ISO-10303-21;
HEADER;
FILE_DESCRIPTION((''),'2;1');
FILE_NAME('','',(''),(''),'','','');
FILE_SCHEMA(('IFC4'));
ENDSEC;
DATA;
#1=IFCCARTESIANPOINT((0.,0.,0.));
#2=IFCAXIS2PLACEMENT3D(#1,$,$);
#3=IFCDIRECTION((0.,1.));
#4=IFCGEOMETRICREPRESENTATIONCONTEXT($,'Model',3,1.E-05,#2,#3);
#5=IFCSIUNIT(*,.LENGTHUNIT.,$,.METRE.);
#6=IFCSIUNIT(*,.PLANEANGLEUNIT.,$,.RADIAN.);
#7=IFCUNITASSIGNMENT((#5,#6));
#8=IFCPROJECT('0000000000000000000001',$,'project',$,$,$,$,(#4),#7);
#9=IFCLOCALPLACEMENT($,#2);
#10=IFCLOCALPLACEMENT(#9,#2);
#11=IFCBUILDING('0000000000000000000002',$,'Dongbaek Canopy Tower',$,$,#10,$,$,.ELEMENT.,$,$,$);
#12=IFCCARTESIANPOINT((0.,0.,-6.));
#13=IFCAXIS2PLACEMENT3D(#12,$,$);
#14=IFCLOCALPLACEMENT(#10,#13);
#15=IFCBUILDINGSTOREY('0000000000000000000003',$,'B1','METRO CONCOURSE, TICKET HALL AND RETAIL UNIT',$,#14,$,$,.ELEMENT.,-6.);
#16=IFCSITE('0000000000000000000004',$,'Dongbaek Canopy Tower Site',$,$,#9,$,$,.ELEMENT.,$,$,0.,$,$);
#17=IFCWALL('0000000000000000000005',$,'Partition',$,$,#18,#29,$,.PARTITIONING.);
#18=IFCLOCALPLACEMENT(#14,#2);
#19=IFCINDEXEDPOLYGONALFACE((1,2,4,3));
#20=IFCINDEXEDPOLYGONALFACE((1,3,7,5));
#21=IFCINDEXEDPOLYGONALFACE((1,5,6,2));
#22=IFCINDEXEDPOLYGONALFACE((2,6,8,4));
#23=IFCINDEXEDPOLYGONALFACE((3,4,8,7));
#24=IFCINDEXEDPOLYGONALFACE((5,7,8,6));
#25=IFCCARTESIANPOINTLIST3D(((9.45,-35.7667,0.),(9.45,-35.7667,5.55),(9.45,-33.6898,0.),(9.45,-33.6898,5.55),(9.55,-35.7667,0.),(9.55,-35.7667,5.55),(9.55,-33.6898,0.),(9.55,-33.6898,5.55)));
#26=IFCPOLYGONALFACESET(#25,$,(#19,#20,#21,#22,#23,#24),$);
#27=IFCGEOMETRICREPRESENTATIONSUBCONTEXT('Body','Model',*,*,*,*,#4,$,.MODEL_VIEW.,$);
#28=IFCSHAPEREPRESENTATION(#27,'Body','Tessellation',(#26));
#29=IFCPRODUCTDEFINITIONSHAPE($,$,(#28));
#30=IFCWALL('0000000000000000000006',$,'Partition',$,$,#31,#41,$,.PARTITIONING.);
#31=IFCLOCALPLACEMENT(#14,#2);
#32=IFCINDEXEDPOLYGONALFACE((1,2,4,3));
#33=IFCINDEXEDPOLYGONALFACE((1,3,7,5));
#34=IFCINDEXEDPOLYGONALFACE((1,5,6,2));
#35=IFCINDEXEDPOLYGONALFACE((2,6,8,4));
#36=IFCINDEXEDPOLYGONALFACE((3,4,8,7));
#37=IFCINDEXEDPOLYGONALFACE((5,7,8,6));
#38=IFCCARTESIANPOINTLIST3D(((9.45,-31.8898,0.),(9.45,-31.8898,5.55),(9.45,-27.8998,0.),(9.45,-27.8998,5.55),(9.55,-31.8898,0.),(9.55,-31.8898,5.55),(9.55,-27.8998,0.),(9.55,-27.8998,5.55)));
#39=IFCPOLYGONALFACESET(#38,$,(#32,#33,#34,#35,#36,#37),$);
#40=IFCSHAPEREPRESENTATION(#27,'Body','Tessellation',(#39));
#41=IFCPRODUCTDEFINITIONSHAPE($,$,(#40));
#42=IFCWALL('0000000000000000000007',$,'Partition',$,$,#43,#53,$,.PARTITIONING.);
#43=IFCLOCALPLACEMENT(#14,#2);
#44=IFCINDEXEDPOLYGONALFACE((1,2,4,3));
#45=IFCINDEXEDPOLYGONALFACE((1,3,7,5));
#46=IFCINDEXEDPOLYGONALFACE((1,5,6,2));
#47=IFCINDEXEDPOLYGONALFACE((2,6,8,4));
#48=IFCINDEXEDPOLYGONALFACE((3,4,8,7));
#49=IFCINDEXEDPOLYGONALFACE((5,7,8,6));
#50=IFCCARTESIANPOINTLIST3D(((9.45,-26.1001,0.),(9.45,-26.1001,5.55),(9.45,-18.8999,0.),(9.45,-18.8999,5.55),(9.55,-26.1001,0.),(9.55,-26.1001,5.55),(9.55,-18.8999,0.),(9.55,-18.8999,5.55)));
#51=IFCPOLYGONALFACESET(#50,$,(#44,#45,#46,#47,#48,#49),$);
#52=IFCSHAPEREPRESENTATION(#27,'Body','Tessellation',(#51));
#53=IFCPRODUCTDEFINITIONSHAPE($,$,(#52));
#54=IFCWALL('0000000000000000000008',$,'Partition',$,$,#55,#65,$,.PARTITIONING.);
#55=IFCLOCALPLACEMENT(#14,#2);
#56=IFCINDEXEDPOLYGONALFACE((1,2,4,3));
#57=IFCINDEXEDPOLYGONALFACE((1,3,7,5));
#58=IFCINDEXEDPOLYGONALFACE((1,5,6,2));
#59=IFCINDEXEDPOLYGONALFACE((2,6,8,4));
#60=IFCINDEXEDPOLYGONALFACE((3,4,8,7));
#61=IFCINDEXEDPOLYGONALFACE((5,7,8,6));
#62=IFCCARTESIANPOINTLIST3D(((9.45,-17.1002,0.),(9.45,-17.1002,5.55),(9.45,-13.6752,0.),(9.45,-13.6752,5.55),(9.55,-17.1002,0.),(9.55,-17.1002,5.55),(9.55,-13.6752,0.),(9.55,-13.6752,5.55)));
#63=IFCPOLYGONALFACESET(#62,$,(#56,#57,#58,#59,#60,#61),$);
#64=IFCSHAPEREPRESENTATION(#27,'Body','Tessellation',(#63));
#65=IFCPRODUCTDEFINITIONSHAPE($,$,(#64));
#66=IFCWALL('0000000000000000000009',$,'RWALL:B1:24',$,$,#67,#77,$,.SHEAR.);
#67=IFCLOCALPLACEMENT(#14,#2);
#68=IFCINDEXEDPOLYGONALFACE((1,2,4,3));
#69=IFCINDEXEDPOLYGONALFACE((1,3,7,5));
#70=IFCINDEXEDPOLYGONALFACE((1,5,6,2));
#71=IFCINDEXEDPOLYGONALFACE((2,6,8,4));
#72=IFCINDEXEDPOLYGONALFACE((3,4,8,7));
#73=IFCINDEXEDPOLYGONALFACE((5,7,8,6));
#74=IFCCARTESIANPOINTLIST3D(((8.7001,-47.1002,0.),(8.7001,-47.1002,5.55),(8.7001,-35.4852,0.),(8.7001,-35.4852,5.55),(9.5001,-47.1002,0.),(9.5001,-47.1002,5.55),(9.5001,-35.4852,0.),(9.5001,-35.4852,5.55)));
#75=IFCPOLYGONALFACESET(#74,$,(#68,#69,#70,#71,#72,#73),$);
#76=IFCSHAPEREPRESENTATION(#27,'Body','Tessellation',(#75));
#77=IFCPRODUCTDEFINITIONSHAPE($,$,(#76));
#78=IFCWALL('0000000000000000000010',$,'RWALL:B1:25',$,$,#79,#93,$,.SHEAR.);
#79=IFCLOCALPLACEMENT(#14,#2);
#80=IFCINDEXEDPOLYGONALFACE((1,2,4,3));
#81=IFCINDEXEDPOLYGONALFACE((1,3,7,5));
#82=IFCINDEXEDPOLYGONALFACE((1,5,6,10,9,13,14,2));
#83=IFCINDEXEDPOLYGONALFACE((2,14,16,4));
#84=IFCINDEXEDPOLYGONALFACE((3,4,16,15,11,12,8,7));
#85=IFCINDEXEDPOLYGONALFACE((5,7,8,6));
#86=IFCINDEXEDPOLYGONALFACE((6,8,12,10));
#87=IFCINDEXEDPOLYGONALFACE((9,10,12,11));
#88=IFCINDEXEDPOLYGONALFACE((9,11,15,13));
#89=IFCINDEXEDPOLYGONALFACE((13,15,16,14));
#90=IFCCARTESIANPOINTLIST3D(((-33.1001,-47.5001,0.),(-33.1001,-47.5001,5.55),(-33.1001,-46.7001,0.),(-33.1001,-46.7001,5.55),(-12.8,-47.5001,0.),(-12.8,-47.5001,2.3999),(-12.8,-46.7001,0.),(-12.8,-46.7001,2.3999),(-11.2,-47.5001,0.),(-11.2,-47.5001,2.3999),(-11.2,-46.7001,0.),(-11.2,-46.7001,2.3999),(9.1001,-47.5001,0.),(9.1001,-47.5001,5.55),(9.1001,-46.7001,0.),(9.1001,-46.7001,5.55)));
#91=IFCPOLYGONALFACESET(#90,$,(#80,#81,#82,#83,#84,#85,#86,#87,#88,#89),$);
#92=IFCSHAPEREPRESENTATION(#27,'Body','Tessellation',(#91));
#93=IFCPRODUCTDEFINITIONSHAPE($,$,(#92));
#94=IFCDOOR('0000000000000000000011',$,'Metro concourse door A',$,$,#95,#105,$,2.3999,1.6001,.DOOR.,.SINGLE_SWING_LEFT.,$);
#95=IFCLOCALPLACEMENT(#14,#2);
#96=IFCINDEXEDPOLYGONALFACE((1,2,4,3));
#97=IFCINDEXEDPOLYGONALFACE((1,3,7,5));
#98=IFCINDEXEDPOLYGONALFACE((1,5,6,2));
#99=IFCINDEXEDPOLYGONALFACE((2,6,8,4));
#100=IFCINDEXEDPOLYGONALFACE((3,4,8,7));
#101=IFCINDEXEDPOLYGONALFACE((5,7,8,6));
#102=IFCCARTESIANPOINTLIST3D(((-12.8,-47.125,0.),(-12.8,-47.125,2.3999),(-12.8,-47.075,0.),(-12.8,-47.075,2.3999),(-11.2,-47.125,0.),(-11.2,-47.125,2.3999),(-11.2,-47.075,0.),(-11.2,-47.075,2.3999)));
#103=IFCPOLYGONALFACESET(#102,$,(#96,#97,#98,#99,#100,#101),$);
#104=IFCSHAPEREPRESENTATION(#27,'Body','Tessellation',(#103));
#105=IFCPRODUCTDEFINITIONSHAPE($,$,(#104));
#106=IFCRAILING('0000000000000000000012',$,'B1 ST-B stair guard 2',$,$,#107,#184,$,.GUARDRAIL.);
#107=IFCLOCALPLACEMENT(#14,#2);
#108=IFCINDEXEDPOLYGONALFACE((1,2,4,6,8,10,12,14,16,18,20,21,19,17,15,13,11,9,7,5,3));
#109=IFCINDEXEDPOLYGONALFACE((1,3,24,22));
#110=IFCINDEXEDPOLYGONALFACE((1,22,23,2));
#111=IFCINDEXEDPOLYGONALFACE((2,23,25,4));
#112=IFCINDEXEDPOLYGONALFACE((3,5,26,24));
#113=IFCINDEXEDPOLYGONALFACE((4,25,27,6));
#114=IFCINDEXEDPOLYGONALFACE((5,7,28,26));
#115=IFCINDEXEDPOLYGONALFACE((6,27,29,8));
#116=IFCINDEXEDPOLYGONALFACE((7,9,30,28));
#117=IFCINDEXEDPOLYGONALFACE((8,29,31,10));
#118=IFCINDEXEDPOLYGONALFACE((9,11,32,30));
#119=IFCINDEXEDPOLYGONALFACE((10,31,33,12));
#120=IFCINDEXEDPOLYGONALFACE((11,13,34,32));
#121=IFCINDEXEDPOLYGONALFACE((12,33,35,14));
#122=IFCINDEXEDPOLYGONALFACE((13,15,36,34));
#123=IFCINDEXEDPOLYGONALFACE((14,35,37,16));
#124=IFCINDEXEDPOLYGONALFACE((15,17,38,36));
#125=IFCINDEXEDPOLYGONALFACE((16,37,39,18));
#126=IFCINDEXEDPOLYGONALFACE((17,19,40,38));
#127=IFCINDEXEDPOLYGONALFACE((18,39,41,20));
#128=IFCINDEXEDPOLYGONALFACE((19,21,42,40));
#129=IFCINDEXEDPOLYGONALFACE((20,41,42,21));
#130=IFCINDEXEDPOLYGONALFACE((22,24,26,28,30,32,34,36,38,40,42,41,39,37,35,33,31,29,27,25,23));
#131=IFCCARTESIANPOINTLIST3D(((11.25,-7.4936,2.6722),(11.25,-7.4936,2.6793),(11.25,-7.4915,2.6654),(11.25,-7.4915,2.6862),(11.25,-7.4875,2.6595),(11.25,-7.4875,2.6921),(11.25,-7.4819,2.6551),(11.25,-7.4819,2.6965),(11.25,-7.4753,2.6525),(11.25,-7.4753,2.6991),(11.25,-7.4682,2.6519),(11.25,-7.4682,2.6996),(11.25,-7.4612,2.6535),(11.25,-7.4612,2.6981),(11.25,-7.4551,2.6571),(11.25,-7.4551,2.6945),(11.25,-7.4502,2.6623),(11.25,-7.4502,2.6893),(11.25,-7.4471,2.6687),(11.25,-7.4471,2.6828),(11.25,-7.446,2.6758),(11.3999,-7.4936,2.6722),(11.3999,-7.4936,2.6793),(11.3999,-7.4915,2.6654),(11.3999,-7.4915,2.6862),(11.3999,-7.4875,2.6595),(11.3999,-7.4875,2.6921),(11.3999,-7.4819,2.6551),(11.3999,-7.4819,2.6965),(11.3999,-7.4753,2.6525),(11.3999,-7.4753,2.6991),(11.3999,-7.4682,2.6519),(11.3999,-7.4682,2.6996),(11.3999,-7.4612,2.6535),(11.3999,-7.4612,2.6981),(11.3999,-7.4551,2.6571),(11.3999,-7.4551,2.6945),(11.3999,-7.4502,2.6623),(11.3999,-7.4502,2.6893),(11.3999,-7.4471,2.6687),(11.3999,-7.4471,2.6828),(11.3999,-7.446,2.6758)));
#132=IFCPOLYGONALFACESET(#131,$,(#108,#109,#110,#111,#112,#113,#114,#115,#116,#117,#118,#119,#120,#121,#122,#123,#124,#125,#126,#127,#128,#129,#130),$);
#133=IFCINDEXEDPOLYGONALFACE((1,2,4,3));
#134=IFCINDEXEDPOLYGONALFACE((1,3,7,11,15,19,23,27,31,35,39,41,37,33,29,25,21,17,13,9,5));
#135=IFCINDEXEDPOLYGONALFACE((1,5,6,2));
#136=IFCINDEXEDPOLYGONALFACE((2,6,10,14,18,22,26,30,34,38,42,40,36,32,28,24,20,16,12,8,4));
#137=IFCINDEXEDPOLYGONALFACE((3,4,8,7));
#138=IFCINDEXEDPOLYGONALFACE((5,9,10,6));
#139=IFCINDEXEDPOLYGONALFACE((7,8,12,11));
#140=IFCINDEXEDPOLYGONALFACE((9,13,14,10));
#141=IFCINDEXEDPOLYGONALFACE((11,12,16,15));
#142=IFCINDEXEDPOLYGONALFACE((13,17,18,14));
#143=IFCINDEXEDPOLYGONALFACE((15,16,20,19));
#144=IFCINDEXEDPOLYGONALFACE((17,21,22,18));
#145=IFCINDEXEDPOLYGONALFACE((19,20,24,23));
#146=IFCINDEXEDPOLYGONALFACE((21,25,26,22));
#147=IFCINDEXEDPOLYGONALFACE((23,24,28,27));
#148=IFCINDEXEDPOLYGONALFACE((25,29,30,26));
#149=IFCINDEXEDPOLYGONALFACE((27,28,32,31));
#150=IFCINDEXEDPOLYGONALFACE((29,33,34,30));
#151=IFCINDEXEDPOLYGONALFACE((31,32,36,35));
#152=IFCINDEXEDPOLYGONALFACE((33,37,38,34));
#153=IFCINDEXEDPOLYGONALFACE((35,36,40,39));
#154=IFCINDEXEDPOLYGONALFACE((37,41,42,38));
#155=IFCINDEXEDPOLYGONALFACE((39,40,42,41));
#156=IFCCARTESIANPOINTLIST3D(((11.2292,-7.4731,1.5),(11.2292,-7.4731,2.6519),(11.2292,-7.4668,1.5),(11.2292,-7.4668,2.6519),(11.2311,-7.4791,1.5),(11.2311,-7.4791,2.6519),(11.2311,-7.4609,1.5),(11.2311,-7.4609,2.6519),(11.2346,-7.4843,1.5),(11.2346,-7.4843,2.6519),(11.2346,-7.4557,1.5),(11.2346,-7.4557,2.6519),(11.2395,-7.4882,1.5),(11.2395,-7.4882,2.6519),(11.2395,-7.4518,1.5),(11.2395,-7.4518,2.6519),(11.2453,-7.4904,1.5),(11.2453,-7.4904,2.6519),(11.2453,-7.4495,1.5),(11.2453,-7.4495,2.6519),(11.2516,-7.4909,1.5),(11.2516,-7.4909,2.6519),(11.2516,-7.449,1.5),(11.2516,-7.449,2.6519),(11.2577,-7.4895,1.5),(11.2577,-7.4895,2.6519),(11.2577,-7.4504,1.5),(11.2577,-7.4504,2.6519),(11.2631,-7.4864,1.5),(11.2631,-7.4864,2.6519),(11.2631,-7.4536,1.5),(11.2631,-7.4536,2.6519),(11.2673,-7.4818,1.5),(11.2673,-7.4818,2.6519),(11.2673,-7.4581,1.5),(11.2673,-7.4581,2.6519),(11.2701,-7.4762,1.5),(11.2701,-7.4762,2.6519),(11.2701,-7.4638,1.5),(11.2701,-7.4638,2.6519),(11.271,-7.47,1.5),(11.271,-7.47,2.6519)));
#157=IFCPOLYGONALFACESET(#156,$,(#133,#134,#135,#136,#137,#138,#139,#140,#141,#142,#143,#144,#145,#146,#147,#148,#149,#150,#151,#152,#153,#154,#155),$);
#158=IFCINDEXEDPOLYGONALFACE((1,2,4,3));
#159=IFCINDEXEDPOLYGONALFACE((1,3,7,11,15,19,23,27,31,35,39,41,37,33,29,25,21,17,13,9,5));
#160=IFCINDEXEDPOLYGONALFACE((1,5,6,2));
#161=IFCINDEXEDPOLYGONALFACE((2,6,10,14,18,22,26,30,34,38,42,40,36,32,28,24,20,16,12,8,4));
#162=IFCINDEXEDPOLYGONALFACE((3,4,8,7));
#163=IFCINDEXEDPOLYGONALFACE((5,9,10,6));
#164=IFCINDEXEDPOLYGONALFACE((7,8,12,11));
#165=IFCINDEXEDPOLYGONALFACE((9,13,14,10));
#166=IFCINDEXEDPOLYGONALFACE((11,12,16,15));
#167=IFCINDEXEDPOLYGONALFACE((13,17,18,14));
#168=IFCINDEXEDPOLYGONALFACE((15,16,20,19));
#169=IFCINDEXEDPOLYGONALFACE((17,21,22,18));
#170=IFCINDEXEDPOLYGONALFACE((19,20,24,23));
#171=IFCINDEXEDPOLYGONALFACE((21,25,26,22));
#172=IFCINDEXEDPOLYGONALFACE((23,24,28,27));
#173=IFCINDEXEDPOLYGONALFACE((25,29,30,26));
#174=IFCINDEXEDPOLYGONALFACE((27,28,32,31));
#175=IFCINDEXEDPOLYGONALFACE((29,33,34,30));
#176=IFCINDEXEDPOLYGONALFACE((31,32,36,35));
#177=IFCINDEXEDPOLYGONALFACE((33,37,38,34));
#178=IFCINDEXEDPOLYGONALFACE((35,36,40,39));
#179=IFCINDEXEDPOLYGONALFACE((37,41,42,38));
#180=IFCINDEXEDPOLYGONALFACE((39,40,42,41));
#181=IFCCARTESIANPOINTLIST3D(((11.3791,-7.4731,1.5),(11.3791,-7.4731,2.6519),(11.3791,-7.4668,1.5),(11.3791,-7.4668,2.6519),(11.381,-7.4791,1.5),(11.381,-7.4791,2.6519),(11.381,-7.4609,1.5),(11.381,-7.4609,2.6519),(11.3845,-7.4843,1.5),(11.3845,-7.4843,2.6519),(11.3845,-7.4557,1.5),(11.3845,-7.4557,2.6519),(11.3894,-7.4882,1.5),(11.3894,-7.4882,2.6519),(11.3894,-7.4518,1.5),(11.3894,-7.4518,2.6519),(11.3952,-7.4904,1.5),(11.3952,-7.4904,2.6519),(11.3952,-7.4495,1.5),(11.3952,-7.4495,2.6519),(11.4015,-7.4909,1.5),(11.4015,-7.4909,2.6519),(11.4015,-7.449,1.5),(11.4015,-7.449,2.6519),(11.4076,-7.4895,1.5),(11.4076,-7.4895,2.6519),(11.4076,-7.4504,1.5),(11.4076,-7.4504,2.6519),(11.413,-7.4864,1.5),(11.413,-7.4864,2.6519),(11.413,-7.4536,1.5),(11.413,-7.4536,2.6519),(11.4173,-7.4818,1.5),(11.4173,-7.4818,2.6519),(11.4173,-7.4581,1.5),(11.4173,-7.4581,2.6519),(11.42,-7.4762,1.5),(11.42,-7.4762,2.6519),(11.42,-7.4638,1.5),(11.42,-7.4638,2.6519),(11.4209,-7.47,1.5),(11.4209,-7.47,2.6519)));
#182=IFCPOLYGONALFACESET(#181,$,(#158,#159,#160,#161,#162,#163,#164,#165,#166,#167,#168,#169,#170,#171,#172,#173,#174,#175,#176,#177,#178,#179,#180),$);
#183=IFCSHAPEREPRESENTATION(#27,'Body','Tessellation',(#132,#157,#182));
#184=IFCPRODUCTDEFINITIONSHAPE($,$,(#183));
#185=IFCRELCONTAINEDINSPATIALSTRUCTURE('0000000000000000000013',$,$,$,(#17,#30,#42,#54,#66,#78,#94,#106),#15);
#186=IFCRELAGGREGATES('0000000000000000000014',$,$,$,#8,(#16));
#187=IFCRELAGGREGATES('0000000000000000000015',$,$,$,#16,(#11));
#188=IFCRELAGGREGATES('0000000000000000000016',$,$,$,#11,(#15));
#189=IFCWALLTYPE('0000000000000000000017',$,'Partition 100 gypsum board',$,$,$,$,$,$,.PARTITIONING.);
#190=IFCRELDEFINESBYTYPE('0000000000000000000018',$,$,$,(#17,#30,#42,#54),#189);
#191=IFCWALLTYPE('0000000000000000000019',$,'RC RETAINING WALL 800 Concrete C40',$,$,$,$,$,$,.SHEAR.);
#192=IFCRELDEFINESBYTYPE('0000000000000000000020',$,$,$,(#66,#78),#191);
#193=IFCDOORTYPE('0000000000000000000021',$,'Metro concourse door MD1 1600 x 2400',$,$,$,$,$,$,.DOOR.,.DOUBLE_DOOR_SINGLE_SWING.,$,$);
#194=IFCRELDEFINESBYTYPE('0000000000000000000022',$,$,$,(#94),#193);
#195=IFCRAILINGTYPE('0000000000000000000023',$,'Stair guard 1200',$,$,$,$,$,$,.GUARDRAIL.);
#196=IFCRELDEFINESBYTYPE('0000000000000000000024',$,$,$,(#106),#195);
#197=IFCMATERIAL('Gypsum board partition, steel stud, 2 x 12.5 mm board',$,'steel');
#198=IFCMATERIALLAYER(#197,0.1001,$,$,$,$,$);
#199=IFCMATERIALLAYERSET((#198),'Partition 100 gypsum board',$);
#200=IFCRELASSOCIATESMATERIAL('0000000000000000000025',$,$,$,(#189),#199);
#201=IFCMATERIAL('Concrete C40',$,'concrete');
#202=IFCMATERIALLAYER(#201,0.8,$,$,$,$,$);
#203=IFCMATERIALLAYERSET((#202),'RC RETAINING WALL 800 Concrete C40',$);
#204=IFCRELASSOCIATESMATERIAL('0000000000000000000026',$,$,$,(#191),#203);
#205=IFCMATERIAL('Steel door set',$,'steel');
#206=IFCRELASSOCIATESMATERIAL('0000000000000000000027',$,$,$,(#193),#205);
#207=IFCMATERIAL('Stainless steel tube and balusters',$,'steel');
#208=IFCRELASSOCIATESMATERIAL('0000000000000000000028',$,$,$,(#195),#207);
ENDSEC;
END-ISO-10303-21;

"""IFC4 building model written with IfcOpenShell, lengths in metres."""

from ifc_helpers import new_model, si_unit, direction, frame, frame_2d, origin, origin_2d, place, context, subcontext, project, spatial, rectangle, circle, extrude, material, layer, layer_set, type_object, element, fill, save


model = new_model("IFC4")

# Units and contexts
model_context = context("Model", 3, precision=1e-05, world=origin(), true_north=direction((0.0, 1.0)))
body_context = subcontext(model_context, "Body", "Model", "MODEL_VIEW")
ifc_project = project(units=[si_unit("LENGTHUNIT", "METRE"), si_unit("PLANEANGLEUNIT", "RADIAN")], contexts=[model_context])

# Site, building, storey
site_placement = place(None, origin())
site = spatial("IfcSite", under=ifc_project, at=site_placement, Name="Dongbaek Canopy Tower Site", CompositionType="ELEMENT", RefElevation=0.0)
building_placement = place(site_placement, origin())
building = spatial("IfcBuilding", under=site, at=building_placement, Name="Dongbaek Canopy Tower", CompositionType="ELEMENT")
storey_placement = place(building_placement, frame((0.0, 0.0, -6.0)))
storey = spatial("IfcBuildingStorey", under=building, at=storey_placement, Name="B1", Description="METRO CONCOURSE, TICKET HALL AND RETAIL UNIT", CompositionType="ELEMENT", Elevation=-6.0)

# Walls
ifc_material_1 = material(Name="Gypsum board partition, steel stud, 2 x 12.5 mm board", Category="steel")
ifc_layer_1 = layer(ifc_material_1, 0.1001)
ifc_layer_set_1 = layer_set([ifc_layer_1], Name="Partition 100 gypsum board")
wall_type_1 = type_object("IfcWallType", Name="Partition 100 gypsum board", PredefinedType="PARTITIONING", material=ifc_layer_set_1)
wall_1_placement = place(storey_placement, frame((9.5, -35.7668, 0.0), z_axis=(0.0, 0.0, 1.0), x_axis=(0.0, 1.0, 0.0)))
element("IfcWall", 1, at=wall_1_placement, inside=storey, type_object=wall_type_1, Name="Partition", PredefinedType="PARTITIONING", context=body_context, shape_type="SweptSolid", body=[
    extrude(rectangle(XDim=2.0769, YDim=0.1001, at=frame_2d((1.0386, 0.0))), origin(), (0.0, 0.0, 1.0), 5.55),
])
wall_2_placement = place(storey_placement, frame((9.5, -31.8899, 0.0), z_axis=(0.0, 0.0, 1.0), x_axis=(0.0, 1.0, 0.0)))
element("IfcWall", 2, at=wall_2_placement, inside=storey, type_object=wall_type_1, Name="Partition", PredefinedType="PARTITIONING", context=body_context, shape_type="SweptSolid", body=[
    extrude(rectangle(XDim=3.99, YDim=0.1001, at=frame_2d((1.9951, 0.0))), origin(), (0.0, 0.0, 1.0), 5.55),
])
wall_3_placement = place(storey_placement, frame((9.5, -26.1001, 0.0), z_axis=(0.0, 0.0, 1.0), x_axis=(0.0, 1.0, 0.0)))
element("IfcWall", 3, at=wall_3_placement, inside=storey, type_object=wall_type_1, Name="Partition", PredefinedType="PARTITIONING", context=body_context, shape_type="SweptSolid", body=[
    extrude(rectangle(XDim=7.2002, YDim=0.1001, at=frame_2d((3.6001, 0.0))), origin(), (0.0, 0.0, 1.0), 5.55),
])
wall_4_placement = place(storey_placement, frame((9.5, -17.1001, 0.0), z_axis=(0.0, 0.0, 1.0), x_axis=(0.0, 1.0, 0.0)))
element("IfcWall", 4, at=wall_4_placement, inside=storey, type_object=wall_type_1, Name="Partition", PredefinedType="PARTITIONING", context=body_context, shape_type="SweptSolid", body=[
    extrude(rectangle(XDim=3.425, YDim=0.1001, at=frame_2d((1.7124, 0.0))), origin(), (0.0, 0.0, 1.0), 5.55),
])
ifc_material_2 = material(Name="Concrete C40", Category="concrete")
ifc_layer_2 = layer(ifc_material_2, 0.8)
ifc_layer_set_2 = layer_set([ifc_layer_2], Name="RC RETAINING WALL 800 Concrete C40")
wall_type_2 = type_object("IfcWallType", Name="RC RETAINING WALL 800 Concrete C40", PredefinedType="SHEAR", material=ifc_layer_set_2)
wall_5_placement = place(storey_placement, frame((9.1001, -35.4851, 0.0), z_axis=(0.0, 0.0, 1.0), x_axis=(0.0, -1.0, 0.0)))
element("IfcWall", 5, at=wall_5_placement, inside=storey, type_object=wall_type_2, Name="RWALL:B1:24", PredefinedType="SHEAR", context=body_context, shape_type="SweptSolid", body=[
    extrude(rectangle(XDim=11.615, YDim=0.8, at=frame_2d((5.8076, 0.0))), origin(), (0.0, 0.0, 1.0), 5.55),
])

# Wall, opening, door
wall_6_placement = place(storey_placement, frame((9.1001, -47.1001, 0.0), z_axis=(0.0, 0.0, 1.0), x_axis=(-1.0, 0.0, 0.0)))
wall_6 = element("IfcWall", 6, at=wall_6_placement, inside=storey, type_object=wall_type_2, Name="RWALL:B1:25", PredefinedType="SHEAR", context=body_context, shape_type="SweptSolid", body=[
    extrude(rectangle(XDim=42.2002, YDim=0.8, at=frame_2d((21.1001, 0.0))), origin(), (0.0, 0.0, 1.0), 5.55),
])
opening_1_placement = place(wall_6_placement, frame((20.3, 0.0, 0.0)))
opening_1 = element("IfcOpeningElement", 7, at=opening_1_placement, cuts=wall_6, PredefinedType="OPENING", context=body_context, shape_type="SweptSolid", body=[
    extrude(rectangle(XDim=1.6001, YDim=2.3999, at=frame_2d((0.8, 1.2))), frame((0.0, 0.4099, 0.0), z_axis=(0.0, -1.0, 0.0), x_axis=(1.0, 0.0, 0.0)), (0.0, 0.0, 1.0), 0.8201),
])
ifc_material_3 = material(Name="Steel door set", Category="steel")
door_type_1 = type_object("IfcDoorType", Name="Metro concourse door MD1 1600 x 2400", OperationType="DOUBLE_DOOR_SINGLE_SWING", PredefinedType="DOOR", material=ifc_material_3)
door_1_placement = place(opening_1_placement, origin())
door_1 = element("IfcDoor", 8, at=door_1_placement, inside=storey, type_object=door_type_1, Name="Metro concourse door A", OperationType="SINGLE_SWING_LEFT", OverallHeight=2.3999, OverallWidth=1.6001, PredefinedType="DOOR", context=body_context, shape_type="SweptSolid", body=[
    extrude(rectangle(XDim=1.6001, YDim=2.3999, at=frame_2d((0.8, 1.2))), frame((0.0, 0.0249, 0.0), z_axis=(0.0, -1.0, 0.0), x_axis=(1.0, 0.0, 0.0)), (0.0, 0.0, 1.0), 0.05),
])
fill(opening_1, door_1)

# Railing
ifc_material_4 = material(Name="Stainless steel tube and balusters", Category="steel")
railing_type_1 = type_object("IfcRailingType", Name="Stair guard 1200", PredefinedType="GUARDRAIL", material=ifc_material_4)
for number, where, name in (
    (9, (11.25, -7.47, 1.5), "B1 ST-B stair guard 2"),
):
    element("IfcRailing", number, at=place(storey_placement, frame(where)), inside=storey, type_object=railing_type_1, Name=name, PredefinedType="GUARDRAIL", context=body_context, shape_type="SweptSolid", body=[
        extrude(circle(Radius=0.0239, at=origin_2d()), frame((0.0, 0.0, 1.1758), z_axis=(1.0, 0.0, 0.0), x_axis=(0.0, 1.0, 0.0)), (0.0, 0.0, 1.0), 0.1499),
        extrude(circle(Radius=0.021, at=origin_2d()), origin(), (0.0, 0.0, 1.0), 1.1519),
        extrude(circle(Radius=0.021, at=origin_2d()), frame((0.1499, 0.0, 0.0)), (0.0, 0.0, 1.0), 1.1519),
    ])

save(model, "model.ifc")
